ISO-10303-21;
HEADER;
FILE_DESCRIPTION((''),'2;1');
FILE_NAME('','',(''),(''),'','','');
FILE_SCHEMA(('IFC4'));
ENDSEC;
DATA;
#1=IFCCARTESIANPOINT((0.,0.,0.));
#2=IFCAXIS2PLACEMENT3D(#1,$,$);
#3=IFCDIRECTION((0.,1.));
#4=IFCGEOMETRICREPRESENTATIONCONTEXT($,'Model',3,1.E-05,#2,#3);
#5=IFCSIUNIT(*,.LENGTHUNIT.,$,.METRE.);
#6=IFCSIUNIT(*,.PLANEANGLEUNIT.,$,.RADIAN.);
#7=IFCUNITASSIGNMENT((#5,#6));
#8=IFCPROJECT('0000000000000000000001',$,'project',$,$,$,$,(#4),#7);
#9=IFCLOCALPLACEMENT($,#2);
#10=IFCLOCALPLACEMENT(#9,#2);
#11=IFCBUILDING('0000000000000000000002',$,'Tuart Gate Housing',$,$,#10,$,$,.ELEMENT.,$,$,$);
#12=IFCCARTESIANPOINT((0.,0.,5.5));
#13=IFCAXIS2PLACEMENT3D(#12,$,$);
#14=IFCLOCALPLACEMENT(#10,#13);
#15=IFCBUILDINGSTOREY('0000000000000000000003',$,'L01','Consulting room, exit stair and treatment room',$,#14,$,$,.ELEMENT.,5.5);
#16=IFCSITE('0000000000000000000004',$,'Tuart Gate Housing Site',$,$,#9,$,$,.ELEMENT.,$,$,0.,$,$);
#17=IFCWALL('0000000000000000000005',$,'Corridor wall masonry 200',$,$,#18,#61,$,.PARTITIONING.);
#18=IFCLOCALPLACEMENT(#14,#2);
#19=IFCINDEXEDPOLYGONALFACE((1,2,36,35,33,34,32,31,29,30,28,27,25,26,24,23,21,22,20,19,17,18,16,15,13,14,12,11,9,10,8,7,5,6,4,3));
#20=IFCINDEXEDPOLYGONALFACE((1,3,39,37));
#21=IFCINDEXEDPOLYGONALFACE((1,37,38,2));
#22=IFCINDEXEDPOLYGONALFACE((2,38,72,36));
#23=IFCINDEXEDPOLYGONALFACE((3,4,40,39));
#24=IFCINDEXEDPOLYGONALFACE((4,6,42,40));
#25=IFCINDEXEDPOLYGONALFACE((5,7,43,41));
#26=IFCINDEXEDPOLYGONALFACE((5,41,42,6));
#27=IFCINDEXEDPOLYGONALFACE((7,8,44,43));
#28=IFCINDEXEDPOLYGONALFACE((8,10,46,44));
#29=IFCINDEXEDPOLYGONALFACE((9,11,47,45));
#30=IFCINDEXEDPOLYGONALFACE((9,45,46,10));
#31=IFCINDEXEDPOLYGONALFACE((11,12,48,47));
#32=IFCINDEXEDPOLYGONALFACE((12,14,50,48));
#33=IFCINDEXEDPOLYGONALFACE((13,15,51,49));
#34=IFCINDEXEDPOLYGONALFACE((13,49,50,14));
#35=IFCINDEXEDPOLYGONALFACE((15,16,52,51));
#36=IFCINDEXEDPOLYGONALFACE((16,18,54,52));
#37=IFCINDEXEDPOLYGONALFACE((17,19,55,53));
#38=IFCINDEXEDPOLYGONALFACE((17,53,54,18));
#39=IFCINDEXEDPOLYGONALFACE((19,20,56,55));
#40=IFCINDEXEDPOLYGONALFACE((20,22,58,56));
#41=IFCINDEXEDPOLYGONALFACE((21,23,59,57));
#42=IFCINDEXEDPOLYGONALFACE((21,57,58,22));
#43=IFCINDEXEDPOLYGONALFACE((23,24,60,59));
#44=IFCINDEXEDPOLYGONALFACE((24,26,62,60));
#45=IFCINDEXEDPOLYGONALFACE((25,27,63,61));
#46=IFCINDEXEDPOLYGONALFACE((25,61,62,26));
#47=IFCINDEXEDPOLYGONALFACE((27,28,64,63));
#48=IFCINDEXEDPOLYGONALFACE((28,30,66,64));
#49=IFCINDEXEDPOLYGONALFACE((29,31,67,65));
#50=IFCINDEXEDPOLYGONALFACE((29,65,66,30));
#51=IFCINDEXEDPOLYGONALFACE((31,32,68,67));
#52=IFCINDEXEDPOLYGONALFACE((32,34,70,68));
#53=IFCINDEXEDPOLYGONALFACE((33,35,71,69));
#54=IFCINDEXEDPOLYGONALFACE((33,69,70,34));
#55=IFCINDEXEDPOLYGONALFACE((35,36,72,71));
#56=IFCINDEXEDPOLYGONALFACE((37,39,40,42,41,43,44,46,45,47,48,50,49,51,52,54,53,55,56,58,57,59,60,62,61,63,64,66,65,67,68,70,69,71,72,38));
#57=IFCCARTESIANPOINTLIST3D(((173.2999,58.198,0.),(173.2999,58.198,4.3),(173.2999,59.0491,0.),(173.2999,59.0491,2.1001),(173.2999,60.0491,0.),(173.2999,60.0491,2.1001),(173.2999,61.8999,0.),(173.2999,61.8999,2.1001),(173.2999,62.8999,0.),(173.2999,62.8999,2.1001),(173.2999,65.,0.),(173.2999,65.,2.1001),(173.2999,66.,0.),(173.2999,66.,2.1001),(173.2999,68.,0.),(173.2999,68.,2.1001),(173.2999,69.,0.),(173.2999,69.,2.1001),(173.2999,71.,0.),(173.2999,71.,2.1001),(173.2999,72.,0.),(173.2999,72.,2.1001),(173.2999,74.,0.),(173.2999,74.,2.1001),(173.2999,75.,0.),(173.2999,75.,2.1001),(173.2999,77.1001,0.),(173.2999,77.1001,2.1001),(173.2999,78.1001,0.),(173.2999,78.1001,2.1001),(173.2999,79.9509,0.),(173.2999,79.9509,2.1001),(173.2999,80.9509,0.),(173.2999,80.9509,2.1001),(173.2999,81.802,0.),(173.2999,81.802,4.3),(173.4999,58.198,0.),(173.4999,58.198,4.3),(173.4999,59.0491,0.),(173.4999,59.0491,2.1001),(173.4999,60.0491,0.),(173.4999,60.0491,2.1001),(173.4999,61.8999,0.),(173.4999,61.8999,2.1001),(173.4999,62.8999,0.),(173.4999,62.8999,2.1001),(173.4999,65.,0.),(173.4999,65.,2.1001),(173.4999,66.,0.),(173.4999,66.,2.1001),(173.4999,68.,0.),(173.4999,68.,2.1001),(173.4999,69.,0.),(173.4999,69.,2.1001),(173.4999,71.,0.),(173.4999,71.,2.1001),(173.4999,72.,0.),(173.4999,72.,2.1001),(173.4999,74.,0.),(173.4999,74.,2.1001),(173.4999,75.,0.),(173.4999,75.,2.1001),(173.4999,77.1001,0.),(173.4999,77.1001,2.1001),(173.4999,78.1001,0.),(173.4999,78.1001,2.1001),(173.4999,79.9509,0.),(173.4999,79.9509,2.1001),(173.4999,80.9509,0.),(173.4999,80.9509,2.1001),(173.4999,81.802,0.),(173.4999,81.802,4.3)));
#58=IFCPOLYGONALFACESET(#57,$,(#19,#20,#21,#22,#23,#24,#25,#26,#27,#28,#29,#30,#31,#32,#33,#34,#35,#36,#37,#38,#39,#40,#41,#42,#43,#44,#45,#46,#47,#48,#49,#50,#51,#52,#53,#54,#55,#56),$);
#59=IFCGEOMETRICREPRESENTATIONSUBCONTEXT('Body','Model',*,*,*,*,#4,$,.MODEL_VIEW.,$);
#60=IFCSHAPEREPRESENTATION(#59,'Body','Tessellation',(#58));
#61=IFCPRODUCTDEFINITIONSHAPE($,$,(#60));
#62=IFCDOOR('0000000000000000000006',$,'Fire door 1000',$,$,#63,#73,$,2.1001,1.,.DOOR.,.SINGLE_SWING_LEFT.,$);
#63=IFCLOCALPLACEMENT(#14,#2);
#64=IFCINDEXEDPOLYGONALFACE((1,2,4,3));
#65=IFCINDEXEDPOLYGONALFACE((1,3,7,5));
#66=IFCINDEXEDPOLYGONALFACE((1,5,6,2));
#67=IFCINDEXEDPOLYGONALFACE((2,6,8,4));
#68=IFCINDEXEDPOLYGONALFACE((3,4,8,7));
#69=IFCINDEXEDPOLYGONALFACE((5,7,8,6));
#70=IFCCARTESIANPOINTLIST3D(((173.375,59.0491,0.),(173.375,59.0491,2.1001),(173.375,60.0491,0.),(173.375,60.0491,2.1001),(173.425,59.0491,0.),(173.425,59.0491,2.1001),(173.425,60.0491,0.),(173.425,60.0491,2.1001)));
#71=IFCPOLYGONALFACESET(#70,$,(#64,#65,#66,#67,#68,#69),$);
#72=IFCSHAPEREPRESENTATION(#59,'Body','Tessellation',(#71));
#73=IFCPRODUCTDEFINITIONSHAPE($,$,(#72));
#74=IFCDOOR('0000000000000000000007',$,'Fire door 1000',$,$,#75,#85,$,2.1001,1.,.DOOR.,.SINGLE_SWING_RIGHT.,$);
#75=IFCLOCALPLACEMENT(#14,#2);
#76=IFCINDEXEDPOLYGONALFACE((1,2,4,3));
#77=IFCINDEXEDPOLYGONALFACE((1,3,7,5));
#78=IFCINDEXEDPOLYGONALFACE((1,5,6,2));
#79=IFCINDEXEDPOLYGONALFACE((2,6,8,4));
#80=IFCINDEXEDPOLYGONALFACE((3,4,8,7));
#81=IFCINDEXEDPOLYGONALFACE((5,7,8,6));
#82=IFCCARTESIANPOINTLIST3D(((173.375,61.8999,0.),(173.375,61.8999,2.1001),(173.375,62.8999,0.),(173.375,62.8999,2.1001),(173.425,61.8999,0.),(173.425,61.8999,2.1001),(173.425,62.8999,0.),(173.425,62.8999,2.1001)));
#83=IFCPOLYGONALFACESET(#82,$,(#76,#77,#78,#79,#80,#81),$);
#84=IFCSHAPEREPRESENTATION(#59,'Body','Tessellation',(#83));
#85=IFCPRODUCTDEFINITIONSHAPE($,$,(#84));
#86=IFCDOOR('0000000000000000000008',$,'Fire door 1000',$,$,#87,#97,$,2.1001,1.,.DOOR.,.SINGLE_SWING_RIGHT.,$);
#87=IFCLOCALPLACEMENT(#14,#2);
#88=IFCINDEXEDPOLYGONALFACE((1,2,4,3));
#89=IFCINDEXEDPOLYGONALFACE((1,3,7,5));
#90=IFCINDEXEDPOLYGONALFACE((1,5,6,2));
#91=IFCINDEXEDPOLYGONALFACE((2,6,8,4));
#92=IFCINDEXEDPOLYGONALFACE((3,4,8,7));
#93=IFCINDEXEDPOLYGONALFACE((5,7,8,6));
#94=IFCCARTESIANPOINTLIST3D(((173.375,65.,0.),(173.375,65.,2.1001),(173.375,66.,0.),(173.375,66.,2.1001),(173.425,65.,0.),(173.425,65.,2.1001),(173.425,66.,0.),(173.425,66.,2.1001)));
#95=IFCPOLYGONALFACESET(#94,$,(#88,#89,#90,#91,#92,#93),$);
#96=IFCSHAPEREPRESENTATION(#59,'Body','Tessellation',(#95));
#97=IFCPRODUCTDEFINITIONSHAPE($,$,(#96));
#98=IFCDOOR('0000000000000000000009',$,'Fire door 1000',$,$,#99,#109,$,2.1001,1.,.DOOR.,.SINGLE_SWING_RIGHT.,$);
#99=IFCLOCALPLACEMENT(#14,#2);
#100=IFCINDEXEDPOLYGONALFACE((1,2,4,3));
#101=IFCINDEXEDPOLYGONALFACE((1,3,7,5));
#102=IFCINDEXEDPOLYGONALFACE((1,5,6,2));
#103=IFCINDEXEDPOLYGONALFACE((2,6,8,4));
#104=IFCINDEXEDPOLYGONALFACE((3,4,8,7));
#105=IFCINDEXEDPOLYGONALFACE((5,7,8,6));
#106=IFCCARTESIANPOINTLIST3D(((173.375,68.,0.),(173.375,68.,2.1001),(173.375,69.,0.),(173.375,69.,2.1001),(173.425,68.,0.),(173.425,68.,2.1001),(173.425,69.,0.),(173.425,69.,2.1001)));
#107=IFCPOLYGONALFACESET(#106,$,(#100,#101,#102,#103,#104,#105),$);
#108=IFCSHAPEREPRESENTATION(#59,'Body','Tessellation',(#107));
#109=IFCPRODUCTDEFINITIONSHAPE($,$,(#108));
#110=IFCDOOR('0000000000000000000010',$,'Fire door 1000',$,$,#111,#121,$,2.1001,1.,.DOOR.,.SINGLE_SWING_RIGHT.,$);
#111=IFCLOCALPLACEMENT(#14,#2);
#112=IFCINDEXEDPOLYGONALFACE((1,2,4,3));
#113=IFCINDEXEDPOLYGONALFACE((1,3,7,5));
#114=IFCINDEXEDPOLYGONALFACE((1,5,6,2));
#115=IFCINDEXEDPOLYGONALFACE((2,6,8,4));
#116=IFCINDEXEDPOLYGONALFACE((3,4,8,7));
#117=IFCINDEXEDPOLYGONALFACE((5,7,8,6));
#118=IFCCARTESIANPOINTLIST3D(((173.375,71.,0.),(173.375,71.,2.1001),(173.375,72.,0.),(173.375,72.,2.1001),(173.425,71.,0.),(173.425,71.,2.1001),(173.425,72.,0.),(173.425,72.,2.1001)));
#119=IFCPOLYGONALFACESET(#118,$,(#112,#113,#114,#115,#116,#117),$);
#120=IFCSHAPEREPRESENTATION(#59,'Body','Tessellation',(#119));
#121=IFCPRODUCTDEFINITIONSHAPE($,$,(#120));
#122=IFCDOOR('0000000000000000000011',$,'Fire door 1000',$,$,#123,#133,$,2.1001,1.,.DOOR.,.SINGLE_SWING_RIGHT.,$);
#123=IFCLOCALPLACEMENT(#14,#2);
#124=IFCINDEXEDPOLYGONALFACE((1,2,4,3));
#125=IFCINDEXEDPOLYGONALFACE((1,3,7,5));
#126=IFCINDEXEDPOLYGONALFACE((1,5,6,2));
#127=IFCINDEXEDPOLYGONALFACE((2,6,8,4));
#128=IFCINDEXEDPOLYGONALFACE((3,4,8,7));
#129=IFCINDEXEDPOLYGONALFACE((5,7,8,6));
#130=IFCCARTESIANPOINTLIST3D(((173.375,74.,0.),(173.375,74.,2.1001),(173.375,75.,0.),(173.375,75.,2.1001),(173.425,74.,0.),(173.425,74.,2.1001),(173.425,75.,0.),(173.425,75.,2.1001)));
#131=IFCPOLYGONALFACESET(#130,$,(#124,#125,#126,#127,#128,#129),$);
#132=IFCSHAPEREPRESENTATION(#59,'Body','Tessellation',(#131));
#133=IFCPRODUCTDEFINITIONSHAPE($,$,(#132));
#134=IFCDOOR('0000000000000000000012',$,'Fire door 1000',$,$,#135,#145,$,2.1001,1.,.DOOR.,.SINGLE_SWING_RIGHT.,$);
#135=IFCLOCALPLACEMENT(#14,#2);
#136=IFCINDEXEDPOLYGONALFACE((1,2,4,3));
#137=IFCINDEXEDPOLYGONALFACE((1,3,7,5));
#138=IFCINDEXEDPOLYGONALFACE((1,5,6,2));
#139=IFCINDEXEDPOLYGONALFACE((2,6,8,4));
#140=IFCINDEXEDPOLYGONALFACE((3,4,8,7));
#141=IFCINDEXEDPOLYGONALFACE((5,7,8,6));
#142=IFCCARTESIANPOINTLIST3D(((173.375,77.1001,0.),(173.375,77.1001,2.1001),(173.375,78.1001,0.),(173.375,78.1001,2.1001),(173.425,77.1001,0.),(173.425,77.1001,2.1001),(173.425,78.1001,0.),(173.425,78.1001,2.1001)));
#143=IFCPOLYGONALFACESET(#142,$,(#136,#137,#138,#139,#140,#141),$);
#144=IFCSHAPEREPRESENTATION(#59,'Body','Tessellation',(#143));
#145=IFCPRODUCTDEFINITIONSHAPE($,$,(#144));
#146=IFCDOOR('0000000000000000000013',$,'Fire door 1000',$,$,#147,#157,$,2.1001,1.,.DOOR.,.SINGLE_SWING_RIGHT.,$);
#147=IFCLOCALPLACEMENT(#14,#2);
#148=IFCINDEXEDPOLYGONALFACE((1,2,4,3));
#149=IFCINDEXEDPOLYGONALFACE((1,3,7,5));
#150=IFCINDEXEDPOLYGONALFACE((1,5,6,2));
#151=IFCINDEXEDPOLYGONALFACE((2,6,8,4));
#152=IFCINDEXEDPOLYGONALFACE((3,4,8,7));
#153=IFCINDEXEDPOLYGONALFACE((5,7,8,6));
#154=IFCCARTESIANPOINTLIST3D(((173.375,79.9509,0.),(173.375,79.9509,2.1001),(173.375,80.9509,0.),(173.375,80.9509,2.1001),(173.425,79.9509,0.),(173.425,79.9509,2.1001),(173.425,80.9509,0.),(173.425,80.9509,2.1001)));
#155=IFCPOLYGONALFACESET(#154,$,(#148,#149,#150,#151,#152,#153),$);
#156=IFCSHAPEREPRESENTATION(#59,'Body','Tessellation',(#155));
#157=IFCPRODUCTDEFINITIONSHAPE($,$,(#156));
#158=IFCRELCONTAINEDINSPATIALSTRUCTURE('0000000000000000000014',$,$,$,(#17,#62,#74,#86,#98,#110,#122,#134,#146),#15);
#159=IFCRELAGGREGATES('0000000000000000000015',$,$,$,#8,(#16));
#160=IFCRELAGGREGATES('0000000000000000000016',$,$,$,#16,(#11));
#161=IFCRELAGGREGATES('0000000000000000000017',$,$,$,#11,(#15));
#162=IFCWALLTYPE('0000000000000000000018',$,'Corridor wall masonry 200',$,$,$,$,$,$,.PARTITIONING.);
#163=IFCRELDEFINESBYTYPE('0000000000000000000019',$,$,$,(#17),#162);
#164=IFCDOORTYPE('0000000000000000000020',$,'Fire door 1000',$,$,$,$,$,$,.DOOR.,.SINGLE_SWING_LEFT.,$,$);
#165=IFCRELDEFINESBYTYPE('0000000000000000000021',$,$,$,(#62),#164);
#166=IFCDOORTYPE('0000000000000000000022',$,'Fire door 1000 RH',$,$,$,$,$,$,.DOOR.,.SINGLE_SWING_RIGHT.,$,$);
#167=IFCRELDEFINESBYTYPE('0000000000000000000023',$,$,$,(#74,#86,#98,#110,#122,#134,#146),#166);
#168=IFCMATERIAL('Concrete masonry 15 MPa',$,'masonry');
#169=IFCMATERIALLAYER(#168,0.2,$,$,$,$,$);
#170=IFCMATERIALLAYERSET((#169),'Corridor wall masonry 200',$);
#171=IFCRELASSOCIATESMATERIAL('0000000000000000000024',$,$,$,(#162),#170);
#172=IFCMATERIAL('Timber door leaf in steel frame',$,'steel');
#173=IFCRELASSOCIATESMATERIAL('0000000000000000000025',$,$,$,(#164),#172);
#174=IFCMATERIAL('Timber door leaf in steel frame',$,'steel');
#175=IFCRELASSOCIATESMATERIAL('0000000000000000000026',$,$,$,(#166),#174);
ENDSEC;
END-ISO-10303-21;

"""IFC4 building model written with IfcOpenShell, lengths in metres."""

from ifc_helpers import new_model, si_unit, direction, frame, frame_2d, origin, place, context, subcontext, project, spatial, rectangle, extrude, material, layer, layer_set, type_object, element, fill, save


model = new_model("IFC4")

# Units and contexts
model_context = context("Model", 3, precision=1e-05, world=origin(), true_north=direction((0.0, 1.0)))
body_context = subcontext(model_context, "Body", "Model", "MODEL_VIEW")
ifc_project = project(units=[si_unit("LENGTHUNIT", "METRE"), si_unit("PLANEANGLEUNIT", "RADIAN")], contexts=[model_context])

# Site, building, storey
site_placement = place(None, origin())
site = spatial("IfcSite", under=ifc_project, at=site_placement, Name="Tuart Gate Housing Site", CompositionType="ELEMENT", RefElevation=0.0)
building_placement = place(site_placement, origin())
building = spatial("IfcBuilding", under=site, at=building_placement, Name="Tuart Gate Housing", CompositionType="ELEMENT")
storey_placement = place(building_placement, frame((0.0, 0.0, 5.5)))
storey = spatial("IfcBuildingStorey", under=building, at=storey_placement, Name="L01", Description="Consulting room, exit stair and treatment room", CompositionType="ELEMENT", Elevation=5.5)

# Wall, openings, doors
ifc_material_1 = material(Name="Concrete masonry 15 MPa", Category="masonry")
ifc_layer_1 = layer(ifc_material_1, 0.2)
ifc_layer_set_1 = layer_set([ifc_layer_1], Name="Corridor wall masonry 200")
wall_type_1 = type_object("IfcWallType", Name="Corridor wall masonry 200", PredefinedType="PARTITIONING", material=ifc_layer_set_1)
wall_1_placement = place(storey_placement, frame((173.3999, 58.198, 0.0), z_axis=(0.0, 0.0, 1.0), x_axis=(0.0, 1.0, 0.0)))
wall_1 = element("IfcWall", 1, at=wall_1_placement, inside=storey, type_object=wall_type_1, Name="Corridor wall masonry 200", PredefinedType="PARTITIONING", context=body_context, shape_type="SweptSolid", body=[
    extrude(rectangle(XDim=23.604, YDim=0.2, at=frame_2d((11.802, 0.0))), origin(), (0.0, 0.0, 1.0), 4.3),
])
opening_1_placement = place(wall_1_placement, frame((0.8511, 0.0, 0.0)))
opening_1 = element("IfcOpeningElement", 2, at=opening_1_placement, cuts=wall_1, PredefinedType="OPENING", context=body_context, shape_type="SweptSolid", body=[
    extrude(rectangle(XDim=1.0, YDim=2.1001, at=frame_2d((0.5, 1.05))), frame((0.0, 0.1099, 0.0), z_axis=(0.0, -1.0, 0.0), x_axis=(1.0, 0.0, 0.0)), (0.0, 0.0, 1.0), 0.22),
])
opening_2_placement = place(wall_1_placement, frame((3.7019, 0.0, 0.0)))
opening_2 = element("IfcOpeningElement", 3, at=opening_2_placement, cuts=wall_1, PredefinedType="OPENING", context=body_context, shape_type="SweptSolid", body=[
    extrude(rectangle(XDim=1.0, YDim=2.1001, at=frame_2d((0.5, 1.05))), frame((0.0, 0.1099, 0.0), z_axis=(0.0, -1.0, 0.0), x_axis=(1.0, 0.0, 0.0)), (0.0, 0.0, 1.0), 0.22),
])
opening_3_placement = place(wall_1_placement, frame((6.802, 0.0, 0.0)))
opening_3 = element("IfcOpeningElement", 4, at=opening_3_placement, cuts=wall_1, PredefinedType="OPENING", context=body_context, shape_type="SweptSolid", body=[
    extrude(rectangle(XDim=1.0, YDim=2.1001, at=frame_2d((0.5, 1.05))), frame((0.0, 0.1099, 0.0), z_axis=(0.0, -1.0, 0.0), x_axis=(1.0, 0.0, 0.0)), (0.0, 0.0, 1.0), 0.22),
])
opening_4_placement = place(wall_1_placement, frame((9.802, 0.0, 0.0)))
opening_4 = element("IfcOpeningElement", 5, at=opening_4_placement, cuts=wall_1, PredefinedType="OPENING", context=body_context, shape_type="SweptSolid", body=[
    extrude(rectangle(XDim=1.0, YDim=2.1001, at=frame_2d((0.5, 1.05))), frame((0.0, 0.1099, 0.0), z_axis=(0.0, -1.0, 0.0), x_axis=(1.0, 0.0, 0.0)), (0.0, 0.0, 1.0), 0.22),
])
opening_5_placement = place(wall_1_placement, frame((12.802, 0.0, 0.0)))
opening_5 = element("IfcOpeningElement", 6, at=opening_5_placement, cuts=wall_1, PredefinedType="OPENING", context=body_context, shape_type="SweptSolid", body=[
    extrude(rectangle(XDim=1.0, YDim=2.1001, at=frame_2d((0.5, 1.05))), frame((0.0, 0.1099, 0.0), z_axis=(0.0, -1.0, 0.0), x_axis=(1.0, 0.0, 0.0)), (0.0, 0.0, 1.0), 0.22),
])
opening_6_placement = place(wall_1_placement, frame((15.802, 0.0, 0.0)))
opening_6 = element("IfcOpeningElement", 7, at=opening_6_placement, cuts=wall_1, PredefinedType="OPENING", context=body_context, shape_type="SweptSolid", body=[
    extrude(rectangle(XDim=1.0, YDim=2.1001, at=frame_2d((0.5, 1.05))), frame((0.0, 0.1099, 0.0), z_axis=(0.0, -1.0, 0.0), x_axis=(1.0, 0.0, 0.0)), (0.0, 0.0, 1.0), 0.22),
])
opening_7_placement = place(wall_1_placement, frame((18.9021, 0.0, 0.0)))
opening_7 = element("IfcOpeningElement", 8, at=opening_7_placement, cuts=wall_1, PredefinedType="OPENING", context=body_context, shape_type="SweptSolid", body=[
    extrude(rectangle(XDim=1.0, YDim=2.1001, at=frame_2d((0.5, 1.05))), frame((0.0, 0.1099, 0.0), z_axis=(0.0, -1.0, 0.0), x_axis=(1.0, 0.0, 0.0)), (0.0, 0.0, 1.0), 0.22),
])
opening_8_placement = place(wall_1_placement, frame((21.7529, 0.0, 0.0)))
opening_8 = element("IfcOpeningElement", 9, at=opening_8_placement, cuts=wall_1, PredefinedType="OPENING", context=body_context, shape_type="SweptSolid", body=[
    extrude(rectangle(XDim=1.0, YDim=2.1001, at=frame_2d((0.5, 1.05))), frame((0.0, 0.1099, 0.0), z_axis=(0.0, -1.0, 0.0), x_axis=(1.0, 0.0, 0.0)), (0.0, 0.0, 1.0), 0.22),
])
ifc_material_2 = material(Name="Timber door leaf in steel frame", Category="steel")
door_type_1 = type_object("IfcDoorType", Name="Fire door 1000", OperationType="SINGLE_SWING_LEFT", PredefinedType="DOOR", material=ifc_material_2)
door_1_placement = place(opening_1_placement, frame((1.0, 0.0, 0.0), z_axis=(0.0, 0.0, 1.0), x_axis=(-1.0, 0.0, 0.0)))
door_1 = element("IfcDoor", 10, at=door_1_placement, inside=storey, type_object=door_type_1, Name="Fire door 1000", OperationType="SINGLE_SWING_LEFT", OverallHeight=2.1001, OverallWidth=1.0, PredefinedType="DOOR", context=body_context, shape_type="SweptSolid", body=[
    extrude(rectangle(XDim=1.0, YDim=2.1001, at=frame_2d((0.5, 1.05))), frame((0.0, 0.0251, 0.0), z_axis=(0.0, -1.0, 0.0), x_axis=(1.0, 0.0, 0.0)), (0.0, 0.0, 1.0), 0.05),
])
fill(opening_1, door_1)
ifc_material_3 = material(Name="Timber door leaf in steel frame", Category="steel")
door_type_2 = type_object("IfcDoorType", Name="Fire door 1000 RH", OperationType="SINGLE_SWING_RIGHT", PredefinedType="DOOR", material=ifc_material_3)
door_2_placement = place(opening_2_placement, frame((1.0, 0.0, 0.0), z_axis=(0.0, 0.0, 1.0), x_axis=(-1.0, 0.0, 0.0)))
door_2 = element("IfcDoor", 11, at=door_2_placement, inside=storey, type_object=door_type_2, Name="Fire door 1000", OperationType="SINGLE_SWING_RIGHT", OverallHeight=2.1001, OverallWidth=1.0, PredefinedType="DOOR", context=body_context, shape_type="SweptSolid", body=[
    extrude(rectangle(XDim=1.0, YDim=2.1001, at=frame_2d((0.5, 1.05))), frame((0.0, 0.0251, 0.0), z_axis=(0.0, -1.0, 0.0), x_axis=(1.0, 0.0, 0.0)), (0.0, 0.0, 1.0), 0.05),
])
fill(opening_2, door_2)
door_3_placement = place(opening_3_placement, frame((1.0, 0.0, 0.0), z_axis=(0.0, 0.0, 1.0), x_axis=(-1.0, 0.0, 0.0)))
door_3 = element("IfcDoor", 12, at=door_3_placement, inside=storey, type_object=door_type_2, Name="Fire door 1000", OperationType="SINGLE_SWING_RIGHT", OverallHeight=2.1001, OverallWidth=1.0, PredefinedType="DOOR", context=body_context, shape_type="SweptSolid", body=[
    extrude(rectangle(XDim=1.0, YDim=2.1001, at=frame_2d((0.5, 1.05))), frame((0.0, 0.0251, 0.0), z_axis=(0.0, -1.0, 0.0), x_axis=(1.0, 0.0, 0.0)), (0.0, 0.0, 1.0), 0.05),
])
fill(opening_3, door_3)
door_4_placement = place(opening_4_placement, frame((1.0, 0.0, 0.0), z_axis=(0.0, 0.0, 1.0), x_axis=(-1.0, 0.0, 0.0)))
door_4 = element("IfcDoor", 13, at=door_4_placement, inside=storey, type_object=door_type_2, Name="Fire door 1000", OperationType="SINGLE_SWING_RIGHT", OverallHeight=2.1001, OverallWidth=1.0, PredefinedType="DOOR", context=body_context, shape_type="SweptSolid", body=[
    extrude(rectangle(XDim=1.0, YDim=2.1001, at=frame_2d((0.5, 1.05))), frame((0.0, 0.0251, 0.0), z_axis=(0.0, -1.0, 0.0), x_axis=(1.0, 0.0, 0.0)), (0.0, 0.0, 1.0), 0.05),
])
fill(opening_4, door_4)
door_5_placement = place(opening_5_placement, frame((1.0, 0.0, 0.0), z_axis=(0.0, 0.0, 1.0), x_axis=(-1.0, 0.0, 0.0)))
door_5 = element("IfcDoor", 14, at=door_5_placement, inside=storey, type_object=door_type_2, Name="Fire door 1000", OperationType="SINGLE_SWING_RIGHT", OverallHeight=2.1001, OverallWidth=1.0, PredefinedType="DOOR", context=body_context, shape_type="SweptSolid", body=[
    extrude(rectangle(XDim=1.0, YDim=2.1001, at=frame_2d((0.5, 1.05))), frame((0.0, 0.0251, 0.0), z_axis=(0.0, -1.0, 0.0), x_axis=(1.0, 0.0, 0.0)), (0.0, 0.0, 1.0), 0.05),
])
fill(opening_5, door_5)
door_6_placement = place(opening_6_placement, frame((1.0, 0.0, 0.0), z_axis=(0.0, 0.0, 1.0), x_axis=(-1.0, 0.0, 0.0)))
door_6 = element("IfcDoor", 15, at=door_6_placement, inside=storey, type_object=door_type_2, Name="Fire door 1000", OperationType="SINGLE_SWING_RIGHT", OverallHeight=2.1001, OverallWidth=1.0, PredefinedType="DOOR", context=body_context, shape_type="SweptSolid", body=[
    extrude(rectangle(XDim=1.0, YDim=2.1001, at=frame_2d((0.5, 1.05))), frame((0.0, 0.0251, 0.0), z_axis=(0.0, -1.0, 0.0), x_axis=(1.0, 0.0, 0.0)), (0.0, 0.0, 1.0), 0.05),
])
fill(opening_6, door_6)
door_7_placement = place(opening_7_placement, frame((1.0, 0.0, 0.0), z_axis=(0.0, 0.0, 1.0), x_axis=(-1.0, 0.0, 0.0)))
door_7 = element("IfcDoor", 16, at=door_7_placement, inside=storey, type_object=door_type_2, Name="Fire door 1000", OperationType="SINGLE_SWING_RIGHT", OverallHeight=2.1001, OverallWidth=1.0, PredefinedType="DOOR", context=body_context, shape_type="SweptSolid", body=[
    extrude(rectangle(XDim=1.0, YDim=2.1001, at=frame_2d((0.5, 1.05))), frame((0.0, 0.0251, 0.0), z_axis=(0.0, -1.0, 0.0), x_axis=(1.0, 0.0, 0.0)), (0.0, 0.0, 1.0), 0.05),
])
fill(opening_7, door_7)
door_8_placement = place(opening_8_placement, frame((1.0, 0.0, 0.0), z_axis=(0.0, 0.0, 1.0), x_axis=(-1.0, 0.0, 0.0)))
door_8 = element("IfcDoor", 17, at=door_8_placement, inside=storey, type_object=door_type_2, Name="Fire door 1000", OperationType="SINGLE_SWING_RIGHT", OverallHeight=2.1001, OverallWidth=1.0, PredefinedType="DOOR", context=body_context, shape_type="SweptSolid", body=[
    extrude(rectangle(XDim=1.0, YDim=2.1001, at=frame_2d((0.5, 1.05))), frame((0.0, 0.0251, 0.0), z_axis=(0.0, -1.0, 0.0), x_axis=(1.0, 0.0, 0.0)), (0.0, 0.0, 1.0), 0.05),
])
fill(opening_8, door_8)

save(model, "model.ifc")
